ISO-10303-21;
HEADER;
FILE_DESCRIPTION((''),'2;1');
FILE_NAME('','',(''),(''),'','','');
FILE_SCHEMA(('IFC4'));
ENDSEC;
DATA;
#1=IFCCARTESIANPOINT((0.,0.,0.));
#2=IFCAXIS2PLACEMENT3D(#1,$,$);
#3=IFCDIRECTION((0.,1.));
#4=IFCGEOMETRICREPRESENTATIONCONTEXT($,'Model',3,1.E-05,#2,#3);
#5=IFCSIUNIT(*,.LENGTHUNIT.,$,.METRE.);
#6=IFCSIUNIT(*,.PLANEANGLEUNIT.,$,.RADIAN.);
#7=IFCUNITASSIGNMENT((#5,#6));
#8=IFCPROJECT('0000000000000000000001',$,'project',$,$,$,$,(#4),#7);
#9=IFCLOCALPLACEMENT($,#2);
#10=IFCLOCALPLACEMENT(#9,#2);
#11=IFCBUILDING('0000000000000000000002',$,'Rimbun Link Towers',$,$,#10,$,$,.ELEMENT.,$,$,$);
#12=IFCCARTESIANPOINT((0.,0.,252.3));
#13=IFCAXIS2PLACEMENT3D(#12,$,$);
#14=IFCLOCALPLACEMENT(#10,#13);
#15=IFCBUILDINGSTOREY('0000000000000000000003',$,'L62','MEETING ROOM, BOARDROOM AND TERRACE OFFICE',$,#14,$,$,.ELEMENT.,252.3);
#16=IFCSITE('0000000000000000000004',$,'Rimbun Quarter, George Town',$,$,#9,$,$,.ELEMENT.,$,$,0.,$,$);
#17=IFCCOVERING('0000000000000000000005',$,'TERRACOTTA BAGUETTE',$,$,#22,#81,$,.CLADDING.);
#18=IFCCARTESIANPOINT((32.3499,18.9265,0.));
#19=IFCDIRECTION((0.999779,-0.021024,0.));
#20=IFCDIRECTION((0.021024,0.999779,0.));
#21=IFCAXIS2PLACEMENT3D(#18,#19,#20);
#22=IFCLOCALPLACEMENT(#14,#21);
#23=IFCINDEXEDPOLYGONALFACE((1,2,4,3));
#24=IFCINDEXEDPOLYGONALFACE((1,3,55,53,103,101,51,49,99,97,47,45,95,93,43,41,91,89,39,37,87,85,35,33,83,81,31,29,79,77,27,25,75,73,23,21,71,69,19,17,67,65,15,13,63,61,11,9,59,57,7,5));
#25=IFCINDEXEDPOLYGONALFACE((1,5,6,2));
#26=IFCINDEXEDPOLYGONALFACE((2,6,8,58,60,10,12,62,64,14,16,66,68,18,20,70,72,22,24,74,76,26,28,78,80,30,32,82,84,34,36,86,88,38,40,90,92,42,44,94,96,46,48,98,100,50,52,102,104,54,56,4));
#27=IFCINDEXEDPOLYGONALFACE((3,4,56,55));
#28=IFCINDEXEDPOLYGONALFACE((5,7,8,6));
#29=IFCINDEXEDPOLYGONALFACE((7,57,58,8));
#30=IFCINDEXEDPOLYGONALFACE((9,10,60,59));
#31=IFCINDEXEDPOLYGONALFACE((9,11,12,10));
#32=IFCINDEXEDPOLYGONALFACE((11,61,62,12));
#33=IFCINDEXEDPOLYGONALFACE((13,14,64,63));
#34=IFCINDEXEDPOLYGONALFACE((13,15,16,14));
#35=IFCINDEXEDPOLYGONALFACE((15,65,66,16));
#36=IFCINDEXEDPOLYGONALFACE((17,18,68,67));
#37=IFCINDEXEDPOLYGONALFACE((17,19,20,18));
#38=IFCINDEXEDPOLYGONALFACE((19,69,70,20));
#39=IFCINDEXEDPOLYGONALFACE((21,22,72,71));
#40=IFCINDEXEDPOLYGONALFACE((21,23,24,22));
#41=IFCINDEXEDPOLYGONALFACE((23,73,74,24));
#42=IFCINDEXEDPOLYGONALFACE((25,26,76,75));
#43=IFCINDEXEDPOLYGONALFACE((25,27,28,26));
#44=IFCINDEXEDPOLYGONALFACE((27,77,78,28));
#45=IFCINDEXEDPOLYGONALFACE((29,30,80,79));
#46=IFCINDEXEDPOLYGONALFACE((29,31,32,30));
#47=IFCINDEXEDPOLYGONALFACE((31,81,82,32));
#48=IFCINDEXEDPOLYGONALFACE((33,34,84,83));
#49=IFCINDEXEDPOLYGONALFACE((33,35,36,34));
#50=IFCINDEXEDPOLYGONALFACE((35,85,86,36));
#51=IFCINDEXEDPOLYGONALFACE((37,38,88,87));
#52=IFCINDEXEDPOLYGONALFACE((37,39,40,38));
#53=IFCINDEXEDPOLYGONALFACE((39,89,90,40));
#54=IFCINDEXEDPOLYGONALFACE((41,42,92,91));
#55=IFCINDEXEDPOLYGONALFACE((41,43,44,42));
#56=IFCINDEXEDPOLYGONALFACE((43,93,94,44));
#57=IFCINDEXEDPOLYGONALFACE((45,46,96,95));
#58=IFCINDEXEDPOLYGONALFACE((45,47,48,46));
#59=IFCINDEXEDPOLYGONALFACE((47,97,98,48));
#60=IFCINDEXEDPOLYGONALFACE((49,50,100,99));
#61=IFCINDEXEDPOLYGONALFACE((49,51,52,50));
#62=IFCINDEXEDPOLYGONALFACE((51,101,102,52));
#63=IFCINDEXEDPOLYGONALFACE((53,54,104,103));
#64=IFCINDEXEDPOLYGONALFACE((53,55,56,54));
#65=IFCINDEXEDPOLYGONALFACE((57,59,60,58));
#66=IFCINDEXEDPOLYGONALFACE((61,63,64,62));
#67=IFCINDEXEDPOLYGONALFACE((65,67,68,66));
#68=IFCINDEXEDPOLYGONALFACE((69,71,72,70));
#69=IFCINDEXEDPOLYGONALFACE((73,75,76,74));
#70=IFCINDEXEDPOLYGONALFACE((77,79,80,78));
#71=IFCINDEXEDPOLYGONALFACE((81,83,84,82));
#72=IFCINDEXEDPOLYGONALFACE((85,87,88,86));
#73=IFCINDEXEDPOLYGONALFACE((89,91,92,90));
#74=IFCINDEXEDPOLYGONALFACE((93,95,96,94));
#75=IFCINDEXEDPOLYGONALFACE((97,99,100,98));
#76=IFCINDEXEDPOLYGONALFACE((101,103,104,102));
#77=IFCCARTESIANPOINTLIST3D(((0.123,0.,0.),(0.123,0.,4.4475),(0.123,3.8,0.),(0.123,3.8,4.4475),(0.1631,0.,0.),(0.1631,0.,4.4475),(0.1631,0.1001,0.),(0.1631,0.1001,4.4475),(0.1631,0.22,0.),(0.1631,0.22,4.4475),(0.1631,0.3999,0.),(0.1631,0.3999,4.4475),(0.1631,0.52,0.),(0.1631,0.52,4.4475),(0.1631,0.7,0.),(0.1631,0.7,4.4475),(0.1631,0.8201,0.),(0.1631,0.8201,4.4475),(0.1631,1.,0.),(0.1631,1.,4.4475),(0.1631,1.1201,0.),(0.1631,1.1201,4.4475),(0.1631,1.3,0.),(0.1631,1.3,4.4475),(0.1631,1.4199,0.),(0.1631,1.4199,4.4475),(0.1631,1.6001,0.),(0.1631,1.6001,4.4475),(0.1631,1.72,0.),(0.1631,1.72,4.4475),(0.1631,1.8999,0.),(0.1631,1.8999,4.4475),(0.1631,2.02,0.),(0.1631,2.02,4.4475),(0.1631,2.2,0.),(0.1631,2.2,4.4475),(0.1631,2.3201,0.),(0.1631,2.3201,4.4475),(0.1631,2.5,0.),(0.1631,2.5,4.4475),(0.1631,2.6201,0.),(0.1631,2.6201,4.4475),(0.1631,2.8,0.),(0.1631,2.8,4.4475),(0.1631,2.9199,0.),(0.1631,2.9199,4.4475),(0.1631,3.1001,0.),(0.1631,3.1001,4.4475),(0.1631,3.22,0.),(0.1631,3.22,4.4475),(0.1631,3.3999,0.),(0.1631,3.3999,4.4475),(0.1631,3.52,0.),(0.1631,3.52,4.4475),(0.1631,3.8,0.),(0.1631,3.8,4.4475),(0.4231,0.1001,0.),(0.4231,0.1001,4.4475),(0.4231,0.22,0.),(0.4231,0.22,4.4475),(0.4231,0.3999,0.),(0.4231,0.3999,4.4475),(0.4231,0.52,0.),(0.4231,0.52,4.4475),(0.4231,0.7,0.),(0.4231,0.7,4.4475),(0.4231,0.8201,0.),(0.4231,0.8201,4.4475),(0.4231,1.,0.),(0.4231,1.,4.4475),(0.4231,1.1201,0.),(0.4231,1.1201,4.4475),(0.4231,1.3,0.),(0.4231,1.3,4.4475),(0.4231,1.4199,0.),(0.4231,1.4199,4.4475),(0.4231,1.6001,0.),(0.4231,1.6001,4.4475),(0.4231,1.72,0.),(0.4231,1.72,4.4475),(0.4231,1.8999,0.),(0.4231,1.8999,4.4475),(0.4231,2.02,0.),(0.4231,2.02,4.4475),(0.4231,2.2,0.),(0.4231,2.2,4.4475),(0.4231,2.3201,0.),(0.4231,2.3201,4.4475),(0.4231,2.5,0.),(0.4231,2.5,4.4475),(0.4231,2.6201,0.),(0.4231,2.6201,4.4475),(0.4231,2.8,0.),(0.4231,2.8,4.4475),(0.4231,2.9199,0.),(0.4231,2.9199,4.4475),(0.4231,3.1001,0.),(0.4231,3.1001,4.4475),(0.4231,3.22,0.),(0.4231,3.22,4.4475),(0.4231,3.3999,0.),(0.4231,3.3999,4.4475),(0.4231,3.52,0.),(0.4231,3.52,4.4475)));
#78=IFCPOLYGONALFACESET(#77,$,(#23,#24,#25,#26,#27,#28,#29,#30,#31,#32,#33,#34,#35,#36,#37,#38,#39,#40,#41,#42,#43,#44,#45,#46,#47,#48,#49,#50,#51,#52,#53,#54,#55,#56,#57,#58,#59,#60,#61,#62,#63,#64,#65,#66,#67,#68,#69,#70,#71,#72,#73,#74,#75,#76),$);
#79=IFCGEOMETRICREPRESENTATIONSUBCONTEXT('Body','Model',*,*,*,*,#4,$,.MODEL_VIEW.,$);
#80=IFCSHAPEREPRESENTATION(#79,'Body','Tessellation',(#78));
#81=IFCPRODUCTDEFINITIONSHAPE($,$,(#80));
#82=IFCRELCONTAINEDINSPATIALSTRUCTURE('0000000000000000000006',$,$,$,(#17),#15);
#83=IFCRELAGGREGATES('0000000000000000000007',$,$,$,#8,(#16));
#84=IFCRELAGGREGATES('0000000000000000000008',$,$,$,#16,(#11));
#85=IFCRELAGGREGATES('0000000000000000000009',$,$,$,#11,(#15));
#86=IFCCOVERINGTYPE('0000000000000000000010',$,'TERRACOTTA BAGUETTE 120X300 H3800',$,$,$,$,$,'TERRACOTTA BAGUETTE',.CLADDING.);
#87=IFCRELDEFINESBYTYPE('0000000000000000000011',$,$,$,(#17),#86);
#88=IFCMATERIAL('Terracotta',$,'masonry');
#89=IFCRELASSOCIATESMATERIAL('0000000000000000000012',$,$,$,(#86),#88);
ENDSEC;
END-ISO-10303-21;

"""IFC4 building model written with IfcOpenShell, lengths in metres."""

from ifc_helpers import new_model, si_unit, direction, frame, origin, place, context, subcontext, project, spatial, polyline, outline, extrude, material, material_profile, profile_set, type_object, element, save


model = new_model("IFC4")

# Units and contexts
model_context = context("Model", 3, precision=1e-05, world=origin(), true_north=direction((0.0, 1.0)))
body_context = subcontext(model_context, "Body", "Model", "MODEL_VIEW")
ifc_project = project(units=[si_unit("LENGTHUNIT", "METRE"), si_unit("PLANEANGLEUNIT", "RADIAN")], contexts=[model_context])

# Site, building, storey
site_placement = place(None, origin())
site = spatial("IfcSite", under=ifc_project, at=site_placement, Name="Rimbun Quarter, George Town", CompositionType="ELEMENT", RefElevation=0.0)
building_placement = place(site_placement, origin())
building = spatial("IfcBuilding", under=site, at=building_placement, Name="Rimbun Link Towers", CompositionType="ELEMENT")
storey_placement = place(building_placement, frame((0.0, 0.0, 252.3)))
storey = spatial("IfcBuildingStorey", under=building, at=storey_placement, Name="L62", Description="MEETING ROOM, BOARDROOM AND TERRACE OFFICE", CompositionType="ELEMENT", Elevation=252.3)

# Covering
ifc_material_1 = material(Name="Terracotta", Category="masonry")
ifc_material_profile_1 = material_profile(ifc_material_1, outline(polyline([(0.123, 0.0), (0.1631, 0.0), (0.1631, 0.1001), (0.4231, 0.1001), (0.4231, 0.22), (0.1631, 0.22), (0.1631, 0.3999), (0.4231, 0.3999), (0.4231, 0.52), (0.1631, 0.52), (0.1631, 0.7), (0.4231, 0.7), (0.4231, 0.8201), (0.1631, 0.8201), (0.1631, 1.0), (0.4231, 1.0), (0.4231, 1.1201), (0.1631, 1.1201), (0.1631, 1.3), (0.4231, 1.3), (0.4231, 1.4199), (0.1631, 1.4199), (0.1631, 1.6001), (0.4231, 1.6001), (0.4231, 1.72), (0.1631, 1.72), (0.1631, 1.8999), (0.4231, 1.8999), (0.4231, 2.02), (0.1631, 2.02), (0.1631, 2.2), (0.4231, 2.2), (0.4231, 2.3201), (0.1631, 2.3201), (0.1631, 2.5), (0.4231, 2.5), (0.4231, 2.6201), (0.1631, 2.6201), (0.1631, 2.8), (0.4231, 2.8), (0.4231, 2.9199), (0.1631, 2.9199), (0.1631, 3.1001), (0.4231, 3.1001), (0.4231, 3.22), (0.1631, 3.22), (0.1631, 3.3999), (0.4231, 3.3999), (0.4231, 3.52), (0.1631, 3.52), (0.1631, 3.8), (0.123, 3.8), (0.123, 0.0)])), Name="BAGUETTE 120X300")
ifc_profile_set_1 = profile_set([ifc_material_profile_1], Name="Terracotta")
covering_type = type_object("IfcCoveringType", Name="TERRACOTTA BAGUETTE 120X300 H3800", ElementType="TERRACOTTA BAGUETTE", PredefinedType="CLADDING", material=ifc_profile_set_1)
covering_1_placement = place(storey_placement, frame((32.3499, 18.9265, 0.0), z_axis=(0.999779, -0.021024, 0.0), x_axis=(0.021024, 0.999779, 0.0)))
element("IfcCovering", 1, at=covering_1_placement, inside=storey, type_object=covering_type, Name="TERRACOTTA BAGUETTE", PredefinedType="CLADDING", context=body_context, shape_type="SweptSolid", body=[
    extrude(outline(polyline([(0.123, 0.0), (0.1631, 0.0), (0.1631, 0.1001), (0.4231, 0.1001), (0.4231, 0.22), (0.1631, 0.22), (0.1631, 0.3999), (0.4231, 0.3999), (0.4231, 0.52), (0.1631, 0.52), (0.1631, 0.7), (0.4231, 0.7), (0.4231, 0.8201), (0.1631, 0.8201), (0.1631, 1.0), (0.4231, 1.0), (0.4231, 1.1201), (0.1631, 1.1201), (0.1631, 1.3), (0.4231, 1.3), (0.4231, 1.4199), (0.1631, 1.4199), (0.1631, 1.6001), (0.4231, 1.6001), (0.4231, 1.72), (0.1631, 1.72), (0.1631, 1.8999), (0.4231, 1.8999), (0.4231, 2.02), (0.1631, 2.02), (0.1631, 2.2), (0.4231, 2.2), (0.4231, 2.3201), (0.1631, 2.3201), (0.1631, 2.5), (0.4231, 2.5), (0.4231, 2.6201), (0.1631, 2.6201), (0.1631, 2.8), (0.4231, 2.8), (0.4231, 2.9199), (0.1631, 2.9199), (0.1631, 3.1001), (0.4231, 3.1001), (0.4231, 3.22), (0.1631, 3.22), (0.1631, 3.3999), (0.4231, 3.3999), (0.4231, 3.52), (0.1631, 3.52), (0.1631, 3.8), (0.123, 3.8), (0.123, 0.0)])), origin(), (0.0, 0.0, 1.0), 4.4475),
])

save(model, "model.ifc")
